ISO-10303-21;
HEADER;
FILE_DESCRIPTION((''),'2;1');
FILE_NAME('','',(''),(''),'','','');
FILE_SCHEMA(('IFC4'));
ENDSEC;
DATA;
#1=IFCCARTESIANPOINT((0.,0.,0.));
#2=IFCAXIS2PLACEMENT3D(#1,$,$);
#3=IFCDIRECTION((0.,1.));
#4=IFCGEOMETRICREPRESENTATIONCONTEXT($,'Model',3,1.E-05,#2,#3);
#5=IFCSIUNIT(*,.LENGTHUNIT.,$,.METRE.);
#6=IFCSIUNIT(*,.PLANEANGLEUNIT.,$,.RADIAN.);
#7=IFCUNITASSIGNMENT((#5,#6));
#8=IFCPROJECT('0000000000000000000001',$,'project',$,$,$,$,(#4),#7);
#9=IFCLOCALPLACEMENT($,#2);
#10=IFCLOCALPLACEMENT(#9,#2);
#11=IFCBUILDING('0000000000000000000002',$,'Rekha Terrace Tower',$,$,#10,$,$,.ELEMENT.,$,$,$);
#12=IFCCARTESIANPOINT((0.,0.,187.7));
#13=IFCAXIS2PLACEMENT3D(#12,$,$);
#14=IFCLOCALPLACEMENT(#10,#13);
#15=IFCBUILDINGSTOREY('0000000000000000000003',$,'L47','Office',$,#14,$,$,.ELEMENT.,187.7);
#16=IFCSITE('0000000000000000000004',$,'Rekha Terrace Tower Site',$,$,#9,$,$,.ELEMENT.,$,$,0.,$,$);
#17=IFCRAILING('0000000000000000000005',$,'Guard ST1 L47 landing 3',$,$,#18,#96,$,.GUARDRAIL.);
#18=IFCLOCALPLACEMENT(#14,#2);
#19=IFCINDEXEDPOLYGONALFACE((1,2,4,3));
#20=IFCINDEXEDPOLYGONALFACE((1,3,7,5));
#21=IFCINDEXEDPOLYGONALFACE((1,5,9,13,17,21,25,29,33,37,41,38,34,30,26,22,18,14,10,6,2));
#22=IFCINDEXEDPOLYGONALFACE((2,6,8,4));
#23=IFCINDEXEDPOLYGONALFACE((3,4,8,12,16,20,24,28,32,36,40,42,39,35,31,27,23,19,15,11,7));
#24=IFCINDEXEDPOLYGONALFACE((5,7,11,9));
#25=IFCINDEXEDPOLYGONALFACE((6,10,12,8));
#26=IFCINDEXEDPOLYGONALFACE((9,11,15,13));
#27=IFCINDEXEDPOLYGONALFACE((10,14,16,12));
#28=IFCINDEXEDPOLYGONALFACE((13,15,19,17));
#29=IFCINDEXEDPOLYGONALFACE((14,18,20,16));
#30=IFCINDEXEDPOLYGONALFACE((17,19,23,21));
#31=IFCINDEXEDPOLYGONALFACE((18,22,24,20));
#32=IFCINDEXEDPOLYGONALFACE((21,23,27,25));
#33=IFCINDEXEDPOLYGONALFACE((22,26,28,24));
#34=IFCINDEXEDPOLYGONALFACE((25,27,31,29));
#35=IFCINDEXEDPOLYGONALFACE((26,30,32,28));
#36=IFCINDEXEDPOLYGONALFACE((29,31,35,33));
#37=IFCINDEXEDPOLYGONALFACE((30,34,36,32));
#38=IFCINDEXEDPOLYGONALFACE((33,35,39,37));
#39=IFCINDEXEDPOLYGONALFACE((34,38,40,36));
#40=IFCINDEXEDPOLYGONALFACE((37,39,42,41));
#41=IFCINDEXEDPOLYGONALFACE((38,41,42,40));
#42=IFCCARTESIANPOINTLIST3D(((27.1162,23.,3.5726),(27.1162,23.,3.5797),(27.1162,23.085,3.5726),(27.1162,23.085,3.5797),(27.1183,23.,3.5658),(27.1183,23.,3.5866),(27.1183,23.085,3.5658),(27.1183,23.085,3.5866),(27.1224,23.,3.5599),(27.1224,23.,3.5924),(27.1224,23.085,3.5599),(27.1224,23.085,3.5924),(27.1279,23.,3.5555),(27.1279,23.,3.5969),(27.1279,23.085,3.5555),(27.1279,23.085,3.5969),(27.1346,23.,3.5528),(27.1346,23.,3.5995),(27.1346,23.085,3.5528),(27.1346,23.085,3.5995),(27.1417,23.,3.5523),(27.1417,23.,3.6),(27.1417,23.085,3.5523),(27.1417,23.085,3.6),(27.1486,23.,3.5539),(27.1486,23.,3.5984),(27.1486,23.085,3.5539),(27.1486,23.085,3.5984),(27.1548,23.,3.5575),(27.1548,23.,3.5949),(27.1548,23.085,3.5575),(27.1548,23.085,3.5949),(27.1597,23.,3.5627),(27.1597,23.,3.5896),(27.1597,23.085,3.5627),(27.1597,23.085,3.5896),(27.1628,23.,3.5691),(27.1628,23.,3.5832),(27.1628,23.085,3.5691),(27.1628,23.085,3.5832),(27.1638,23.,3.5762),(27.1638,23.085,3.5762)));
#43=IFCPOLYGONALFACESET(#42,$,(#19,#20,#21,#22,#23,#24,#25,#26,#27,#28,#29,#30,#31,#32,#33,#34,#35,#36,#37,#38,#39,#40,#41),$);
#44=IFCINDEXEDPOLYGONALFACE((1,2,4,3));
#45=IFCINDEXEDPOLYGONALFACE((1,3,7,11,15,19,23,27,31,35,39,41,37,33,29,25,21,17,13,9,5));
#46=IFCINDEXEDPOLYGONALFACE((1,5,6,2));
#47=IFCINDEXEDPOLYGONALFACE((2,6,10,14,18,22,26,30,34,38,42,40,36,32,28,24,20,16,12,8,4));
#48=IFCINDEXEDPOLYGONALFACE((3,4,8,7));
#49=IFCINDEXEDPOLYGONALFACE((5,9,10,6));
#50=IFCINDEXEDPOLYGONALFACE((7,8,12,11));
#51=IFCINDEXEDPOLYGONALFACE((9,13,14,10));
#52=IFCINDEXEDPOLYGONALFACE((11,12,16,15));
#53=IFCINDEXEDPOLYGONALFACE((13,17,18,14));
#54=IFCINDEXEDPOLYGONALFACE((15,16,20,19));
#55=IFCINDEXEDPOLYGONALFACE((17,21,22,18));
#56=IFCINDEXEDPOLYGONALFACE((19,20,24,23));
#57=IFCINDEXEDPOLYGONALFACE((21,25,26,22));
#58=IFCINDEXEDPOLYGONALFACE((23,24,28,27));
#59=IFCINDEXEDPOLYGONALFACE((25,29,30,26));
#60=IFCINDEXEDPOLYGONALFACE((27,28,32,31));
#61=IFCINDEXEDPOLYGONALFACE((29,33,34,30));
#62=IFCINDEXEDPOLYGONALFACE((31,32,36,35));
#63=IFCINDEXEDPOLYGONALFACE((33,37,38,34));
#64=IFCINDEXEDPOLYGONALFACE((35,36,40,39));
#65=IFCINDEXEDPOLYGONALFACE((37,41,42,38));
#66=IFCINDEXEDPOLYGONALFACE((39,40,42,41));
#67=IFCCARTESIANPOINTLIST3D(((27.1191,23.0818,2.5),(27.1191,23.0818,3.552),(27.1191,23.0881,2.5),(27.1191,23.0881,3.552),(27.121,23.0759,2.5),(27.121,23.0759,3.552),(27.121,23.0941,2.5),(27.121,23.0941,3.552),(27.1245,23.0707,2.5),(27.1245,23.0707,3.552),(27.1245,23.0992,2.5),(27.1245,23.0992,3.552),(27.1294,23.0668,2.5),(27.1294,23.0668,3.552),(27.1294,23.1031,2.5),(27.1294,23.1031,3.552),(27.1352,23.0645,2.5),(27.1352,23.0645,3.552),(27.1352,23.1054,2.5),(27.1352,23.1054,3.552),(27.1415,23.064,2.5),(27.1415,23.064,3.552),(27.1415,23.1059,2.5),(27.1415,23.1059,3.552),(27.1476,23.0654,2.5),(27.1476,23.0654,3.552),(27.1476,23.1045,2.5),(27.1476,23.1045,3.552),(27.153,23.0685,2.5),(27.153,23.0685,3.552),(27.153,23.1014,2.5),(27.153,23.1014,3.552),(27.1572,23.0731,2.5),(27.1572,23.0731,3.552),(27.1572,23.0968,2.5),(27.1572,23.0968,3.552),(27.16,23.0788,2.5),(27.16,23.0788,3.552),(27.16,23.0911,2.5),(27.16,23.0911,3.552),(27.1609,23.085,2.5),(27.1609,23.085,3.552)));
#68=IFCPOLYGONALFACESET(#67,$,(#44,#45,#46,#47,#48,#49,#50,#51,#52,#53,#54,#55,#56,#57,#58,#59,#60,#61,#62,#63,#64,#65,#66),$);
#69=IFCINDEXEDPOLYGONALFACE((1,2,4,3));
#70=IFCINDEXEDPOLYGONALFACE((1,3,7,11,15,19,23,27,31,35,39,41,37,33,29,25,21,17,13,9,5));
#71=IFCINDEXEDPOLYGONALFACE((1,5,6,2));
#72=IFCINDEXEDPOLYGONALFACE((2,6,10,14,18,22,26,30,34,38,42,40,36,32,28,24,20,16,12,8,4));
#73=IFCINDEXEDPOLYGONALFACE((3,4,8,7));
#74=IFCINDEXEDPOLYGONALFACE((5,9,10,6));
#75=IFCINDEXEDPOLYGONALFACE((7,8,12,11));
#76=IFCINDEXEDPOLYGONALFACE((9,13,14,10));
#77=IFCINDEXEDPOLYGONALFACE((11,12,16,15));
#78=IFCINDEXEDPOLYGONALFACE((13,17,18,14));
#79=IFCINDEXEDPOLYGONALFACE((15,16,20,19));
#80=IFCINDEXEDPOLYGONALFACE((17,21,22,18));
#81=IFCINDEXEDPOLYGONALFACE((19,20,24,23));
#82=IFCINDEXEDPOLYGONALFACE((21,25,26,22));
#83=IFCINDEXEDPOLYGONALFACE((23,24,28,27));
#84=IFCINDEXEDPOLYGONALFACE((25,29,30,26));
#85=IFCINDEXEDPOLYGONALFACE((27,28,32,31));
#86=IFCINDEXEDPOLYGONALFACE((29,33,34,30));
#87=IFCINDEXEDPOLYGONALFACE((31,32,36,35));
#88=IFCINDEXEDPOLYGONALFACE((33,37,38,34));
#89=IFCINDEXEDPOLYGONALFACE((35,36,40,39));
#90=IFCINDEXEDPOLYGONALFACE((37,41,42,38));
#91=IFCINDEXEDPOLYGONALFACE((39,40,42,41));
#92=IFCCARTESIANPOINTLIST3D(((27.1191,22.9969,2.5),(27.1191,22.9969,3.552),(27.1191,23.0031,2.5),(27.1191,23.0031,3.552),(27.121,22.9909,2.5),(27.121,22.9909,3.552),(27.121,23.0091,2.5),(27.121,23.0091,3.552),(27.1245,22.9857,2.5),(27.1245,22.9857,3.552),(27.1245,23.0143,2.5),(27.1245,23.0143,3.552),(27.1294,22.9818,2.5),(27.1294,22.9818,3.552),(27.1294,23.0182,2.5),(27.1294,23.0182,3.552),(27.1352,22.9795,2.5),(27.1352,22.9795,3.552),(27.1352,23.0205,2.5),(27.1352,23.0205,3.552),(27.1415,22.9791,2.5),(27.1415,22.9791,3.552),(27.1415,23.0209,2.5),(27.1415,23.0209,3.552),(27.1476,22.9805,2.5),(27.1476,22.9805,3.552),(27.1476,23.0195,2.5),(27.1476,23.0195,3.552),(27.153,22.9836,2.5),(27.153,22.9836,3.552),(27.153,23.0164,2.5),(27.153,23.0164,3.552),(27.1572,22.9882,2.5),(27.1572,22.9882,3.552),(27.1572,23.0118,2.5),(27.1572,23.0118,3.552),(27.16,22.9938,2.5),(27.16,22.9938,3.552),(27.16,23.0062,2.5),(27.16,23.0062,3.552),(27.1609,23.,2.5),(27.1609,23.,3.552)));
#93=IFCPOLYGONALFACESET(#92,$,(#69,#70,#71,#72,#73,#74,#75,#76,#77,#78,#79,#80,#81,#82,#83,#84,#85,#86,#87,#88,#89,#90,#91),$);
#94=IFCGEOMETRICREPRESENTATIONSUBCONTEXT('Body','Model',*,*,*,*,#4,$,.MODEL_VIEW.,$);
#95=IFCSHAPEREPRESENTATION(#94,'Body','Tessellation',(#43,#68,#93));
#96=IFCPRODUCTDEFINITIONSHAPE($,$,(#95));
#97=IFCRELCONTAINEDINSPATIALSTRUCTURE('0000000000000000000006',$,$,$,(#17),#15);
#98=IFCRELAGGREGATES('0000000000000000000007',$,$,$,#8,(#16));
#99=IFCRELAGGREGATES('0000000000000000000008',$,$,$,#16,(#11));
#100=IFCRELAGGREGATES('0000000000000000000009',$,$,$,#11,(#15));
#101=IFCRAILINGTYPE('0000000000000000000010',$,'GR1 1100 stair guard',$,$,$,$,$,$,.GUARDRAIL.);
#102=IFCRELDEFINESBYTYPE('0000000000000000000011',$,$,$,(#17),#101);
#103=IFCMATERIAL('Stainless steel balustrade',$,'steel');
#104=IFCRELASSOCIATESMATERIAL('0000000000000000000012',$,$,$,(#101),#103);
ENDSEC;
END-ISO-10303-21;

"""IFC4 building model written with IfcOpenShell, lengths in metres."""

from ifc_helpers import new_model, si_unit, direction, frame, origin, origin_2d, place, context, subcontext, project, spatial, circle, extrude, material, type_object, element, save


model = new_model("IFC4")

# Units and contexts
model_context = context("Model", 3, precision=1e-05, world=origin(), true_north=direction((0.0, 1.0)))
body_context = subcontext(model_context, "Body", "Model", "MODEL_VIEW")
ifc_project = project(units=[si_unit("LENGTHUNIT", "METRE"), si_unit("PLANEANGLEUNIT", "RADIAN")], contexts=[model_context])

# Site, building, storey
site_placement = place(None, origin())
site = spatial("IfcSite", under=ifc_project, at=site_placement, Name="Rekha Terrace Tower Site", CompositionType="ELEMENT", RefElevation=0.0)
building_placement = place(site_placement, origin())
building = spatial("IfcBuilding", under=site, at=building_placement, Name="Rekha Terrace Tower", CompositionType="ELEMENT")
storey_placement = place(building_placement, frame((0.0, 0.0, 187.7)))
storey = spatial("IfcBuildingStorey", under=building, at=storey_placement, Name="L47", Description="Office", CompositionType="ELEMENT", Elevation=187.7)

# Railing
ifc_material_1 = material(Name="Stainless steel balustrade", Category="steel")
railing_type_1 = type_object("IfcRailingType", Name="GR1 1100 stair guard", PredefinedType="GUARDRAIL", material=ifc_material_1)
railing_1_placement = place(storey_placement, frame((27.1399, 23.085, 2.5)))
element("IfcRailing", 1, at=railing_1_placement, inside=storey, type_object=railing_type_1, Name="Guard ST1 L47 landing 3", PredefinedType="GUARDRAIL", context=body_context, shape_type="SweptSolid", body=[
    extrude(circle(Radius=0.0239, at=origin_2d()), frame((0.0, 0.0, 1.0762), z_axis=(0.0, -1.0, 0.0), x_axis=(1.0, 0.0, 0.0)), (0.0, 0.0, 1.0), 0.085),
    extrude(circle(Radius=0.021, at=origin_2d()), origin(), (0.0, 0.0, 1.0), 1.052),
    extrude(circle(Radius=0.021, at=origin_2d()), frame((0.0, -0.085, 0.0)), (0.0, 0.0, 1.0), 1.052),
])

save(model, "model.ifc")
